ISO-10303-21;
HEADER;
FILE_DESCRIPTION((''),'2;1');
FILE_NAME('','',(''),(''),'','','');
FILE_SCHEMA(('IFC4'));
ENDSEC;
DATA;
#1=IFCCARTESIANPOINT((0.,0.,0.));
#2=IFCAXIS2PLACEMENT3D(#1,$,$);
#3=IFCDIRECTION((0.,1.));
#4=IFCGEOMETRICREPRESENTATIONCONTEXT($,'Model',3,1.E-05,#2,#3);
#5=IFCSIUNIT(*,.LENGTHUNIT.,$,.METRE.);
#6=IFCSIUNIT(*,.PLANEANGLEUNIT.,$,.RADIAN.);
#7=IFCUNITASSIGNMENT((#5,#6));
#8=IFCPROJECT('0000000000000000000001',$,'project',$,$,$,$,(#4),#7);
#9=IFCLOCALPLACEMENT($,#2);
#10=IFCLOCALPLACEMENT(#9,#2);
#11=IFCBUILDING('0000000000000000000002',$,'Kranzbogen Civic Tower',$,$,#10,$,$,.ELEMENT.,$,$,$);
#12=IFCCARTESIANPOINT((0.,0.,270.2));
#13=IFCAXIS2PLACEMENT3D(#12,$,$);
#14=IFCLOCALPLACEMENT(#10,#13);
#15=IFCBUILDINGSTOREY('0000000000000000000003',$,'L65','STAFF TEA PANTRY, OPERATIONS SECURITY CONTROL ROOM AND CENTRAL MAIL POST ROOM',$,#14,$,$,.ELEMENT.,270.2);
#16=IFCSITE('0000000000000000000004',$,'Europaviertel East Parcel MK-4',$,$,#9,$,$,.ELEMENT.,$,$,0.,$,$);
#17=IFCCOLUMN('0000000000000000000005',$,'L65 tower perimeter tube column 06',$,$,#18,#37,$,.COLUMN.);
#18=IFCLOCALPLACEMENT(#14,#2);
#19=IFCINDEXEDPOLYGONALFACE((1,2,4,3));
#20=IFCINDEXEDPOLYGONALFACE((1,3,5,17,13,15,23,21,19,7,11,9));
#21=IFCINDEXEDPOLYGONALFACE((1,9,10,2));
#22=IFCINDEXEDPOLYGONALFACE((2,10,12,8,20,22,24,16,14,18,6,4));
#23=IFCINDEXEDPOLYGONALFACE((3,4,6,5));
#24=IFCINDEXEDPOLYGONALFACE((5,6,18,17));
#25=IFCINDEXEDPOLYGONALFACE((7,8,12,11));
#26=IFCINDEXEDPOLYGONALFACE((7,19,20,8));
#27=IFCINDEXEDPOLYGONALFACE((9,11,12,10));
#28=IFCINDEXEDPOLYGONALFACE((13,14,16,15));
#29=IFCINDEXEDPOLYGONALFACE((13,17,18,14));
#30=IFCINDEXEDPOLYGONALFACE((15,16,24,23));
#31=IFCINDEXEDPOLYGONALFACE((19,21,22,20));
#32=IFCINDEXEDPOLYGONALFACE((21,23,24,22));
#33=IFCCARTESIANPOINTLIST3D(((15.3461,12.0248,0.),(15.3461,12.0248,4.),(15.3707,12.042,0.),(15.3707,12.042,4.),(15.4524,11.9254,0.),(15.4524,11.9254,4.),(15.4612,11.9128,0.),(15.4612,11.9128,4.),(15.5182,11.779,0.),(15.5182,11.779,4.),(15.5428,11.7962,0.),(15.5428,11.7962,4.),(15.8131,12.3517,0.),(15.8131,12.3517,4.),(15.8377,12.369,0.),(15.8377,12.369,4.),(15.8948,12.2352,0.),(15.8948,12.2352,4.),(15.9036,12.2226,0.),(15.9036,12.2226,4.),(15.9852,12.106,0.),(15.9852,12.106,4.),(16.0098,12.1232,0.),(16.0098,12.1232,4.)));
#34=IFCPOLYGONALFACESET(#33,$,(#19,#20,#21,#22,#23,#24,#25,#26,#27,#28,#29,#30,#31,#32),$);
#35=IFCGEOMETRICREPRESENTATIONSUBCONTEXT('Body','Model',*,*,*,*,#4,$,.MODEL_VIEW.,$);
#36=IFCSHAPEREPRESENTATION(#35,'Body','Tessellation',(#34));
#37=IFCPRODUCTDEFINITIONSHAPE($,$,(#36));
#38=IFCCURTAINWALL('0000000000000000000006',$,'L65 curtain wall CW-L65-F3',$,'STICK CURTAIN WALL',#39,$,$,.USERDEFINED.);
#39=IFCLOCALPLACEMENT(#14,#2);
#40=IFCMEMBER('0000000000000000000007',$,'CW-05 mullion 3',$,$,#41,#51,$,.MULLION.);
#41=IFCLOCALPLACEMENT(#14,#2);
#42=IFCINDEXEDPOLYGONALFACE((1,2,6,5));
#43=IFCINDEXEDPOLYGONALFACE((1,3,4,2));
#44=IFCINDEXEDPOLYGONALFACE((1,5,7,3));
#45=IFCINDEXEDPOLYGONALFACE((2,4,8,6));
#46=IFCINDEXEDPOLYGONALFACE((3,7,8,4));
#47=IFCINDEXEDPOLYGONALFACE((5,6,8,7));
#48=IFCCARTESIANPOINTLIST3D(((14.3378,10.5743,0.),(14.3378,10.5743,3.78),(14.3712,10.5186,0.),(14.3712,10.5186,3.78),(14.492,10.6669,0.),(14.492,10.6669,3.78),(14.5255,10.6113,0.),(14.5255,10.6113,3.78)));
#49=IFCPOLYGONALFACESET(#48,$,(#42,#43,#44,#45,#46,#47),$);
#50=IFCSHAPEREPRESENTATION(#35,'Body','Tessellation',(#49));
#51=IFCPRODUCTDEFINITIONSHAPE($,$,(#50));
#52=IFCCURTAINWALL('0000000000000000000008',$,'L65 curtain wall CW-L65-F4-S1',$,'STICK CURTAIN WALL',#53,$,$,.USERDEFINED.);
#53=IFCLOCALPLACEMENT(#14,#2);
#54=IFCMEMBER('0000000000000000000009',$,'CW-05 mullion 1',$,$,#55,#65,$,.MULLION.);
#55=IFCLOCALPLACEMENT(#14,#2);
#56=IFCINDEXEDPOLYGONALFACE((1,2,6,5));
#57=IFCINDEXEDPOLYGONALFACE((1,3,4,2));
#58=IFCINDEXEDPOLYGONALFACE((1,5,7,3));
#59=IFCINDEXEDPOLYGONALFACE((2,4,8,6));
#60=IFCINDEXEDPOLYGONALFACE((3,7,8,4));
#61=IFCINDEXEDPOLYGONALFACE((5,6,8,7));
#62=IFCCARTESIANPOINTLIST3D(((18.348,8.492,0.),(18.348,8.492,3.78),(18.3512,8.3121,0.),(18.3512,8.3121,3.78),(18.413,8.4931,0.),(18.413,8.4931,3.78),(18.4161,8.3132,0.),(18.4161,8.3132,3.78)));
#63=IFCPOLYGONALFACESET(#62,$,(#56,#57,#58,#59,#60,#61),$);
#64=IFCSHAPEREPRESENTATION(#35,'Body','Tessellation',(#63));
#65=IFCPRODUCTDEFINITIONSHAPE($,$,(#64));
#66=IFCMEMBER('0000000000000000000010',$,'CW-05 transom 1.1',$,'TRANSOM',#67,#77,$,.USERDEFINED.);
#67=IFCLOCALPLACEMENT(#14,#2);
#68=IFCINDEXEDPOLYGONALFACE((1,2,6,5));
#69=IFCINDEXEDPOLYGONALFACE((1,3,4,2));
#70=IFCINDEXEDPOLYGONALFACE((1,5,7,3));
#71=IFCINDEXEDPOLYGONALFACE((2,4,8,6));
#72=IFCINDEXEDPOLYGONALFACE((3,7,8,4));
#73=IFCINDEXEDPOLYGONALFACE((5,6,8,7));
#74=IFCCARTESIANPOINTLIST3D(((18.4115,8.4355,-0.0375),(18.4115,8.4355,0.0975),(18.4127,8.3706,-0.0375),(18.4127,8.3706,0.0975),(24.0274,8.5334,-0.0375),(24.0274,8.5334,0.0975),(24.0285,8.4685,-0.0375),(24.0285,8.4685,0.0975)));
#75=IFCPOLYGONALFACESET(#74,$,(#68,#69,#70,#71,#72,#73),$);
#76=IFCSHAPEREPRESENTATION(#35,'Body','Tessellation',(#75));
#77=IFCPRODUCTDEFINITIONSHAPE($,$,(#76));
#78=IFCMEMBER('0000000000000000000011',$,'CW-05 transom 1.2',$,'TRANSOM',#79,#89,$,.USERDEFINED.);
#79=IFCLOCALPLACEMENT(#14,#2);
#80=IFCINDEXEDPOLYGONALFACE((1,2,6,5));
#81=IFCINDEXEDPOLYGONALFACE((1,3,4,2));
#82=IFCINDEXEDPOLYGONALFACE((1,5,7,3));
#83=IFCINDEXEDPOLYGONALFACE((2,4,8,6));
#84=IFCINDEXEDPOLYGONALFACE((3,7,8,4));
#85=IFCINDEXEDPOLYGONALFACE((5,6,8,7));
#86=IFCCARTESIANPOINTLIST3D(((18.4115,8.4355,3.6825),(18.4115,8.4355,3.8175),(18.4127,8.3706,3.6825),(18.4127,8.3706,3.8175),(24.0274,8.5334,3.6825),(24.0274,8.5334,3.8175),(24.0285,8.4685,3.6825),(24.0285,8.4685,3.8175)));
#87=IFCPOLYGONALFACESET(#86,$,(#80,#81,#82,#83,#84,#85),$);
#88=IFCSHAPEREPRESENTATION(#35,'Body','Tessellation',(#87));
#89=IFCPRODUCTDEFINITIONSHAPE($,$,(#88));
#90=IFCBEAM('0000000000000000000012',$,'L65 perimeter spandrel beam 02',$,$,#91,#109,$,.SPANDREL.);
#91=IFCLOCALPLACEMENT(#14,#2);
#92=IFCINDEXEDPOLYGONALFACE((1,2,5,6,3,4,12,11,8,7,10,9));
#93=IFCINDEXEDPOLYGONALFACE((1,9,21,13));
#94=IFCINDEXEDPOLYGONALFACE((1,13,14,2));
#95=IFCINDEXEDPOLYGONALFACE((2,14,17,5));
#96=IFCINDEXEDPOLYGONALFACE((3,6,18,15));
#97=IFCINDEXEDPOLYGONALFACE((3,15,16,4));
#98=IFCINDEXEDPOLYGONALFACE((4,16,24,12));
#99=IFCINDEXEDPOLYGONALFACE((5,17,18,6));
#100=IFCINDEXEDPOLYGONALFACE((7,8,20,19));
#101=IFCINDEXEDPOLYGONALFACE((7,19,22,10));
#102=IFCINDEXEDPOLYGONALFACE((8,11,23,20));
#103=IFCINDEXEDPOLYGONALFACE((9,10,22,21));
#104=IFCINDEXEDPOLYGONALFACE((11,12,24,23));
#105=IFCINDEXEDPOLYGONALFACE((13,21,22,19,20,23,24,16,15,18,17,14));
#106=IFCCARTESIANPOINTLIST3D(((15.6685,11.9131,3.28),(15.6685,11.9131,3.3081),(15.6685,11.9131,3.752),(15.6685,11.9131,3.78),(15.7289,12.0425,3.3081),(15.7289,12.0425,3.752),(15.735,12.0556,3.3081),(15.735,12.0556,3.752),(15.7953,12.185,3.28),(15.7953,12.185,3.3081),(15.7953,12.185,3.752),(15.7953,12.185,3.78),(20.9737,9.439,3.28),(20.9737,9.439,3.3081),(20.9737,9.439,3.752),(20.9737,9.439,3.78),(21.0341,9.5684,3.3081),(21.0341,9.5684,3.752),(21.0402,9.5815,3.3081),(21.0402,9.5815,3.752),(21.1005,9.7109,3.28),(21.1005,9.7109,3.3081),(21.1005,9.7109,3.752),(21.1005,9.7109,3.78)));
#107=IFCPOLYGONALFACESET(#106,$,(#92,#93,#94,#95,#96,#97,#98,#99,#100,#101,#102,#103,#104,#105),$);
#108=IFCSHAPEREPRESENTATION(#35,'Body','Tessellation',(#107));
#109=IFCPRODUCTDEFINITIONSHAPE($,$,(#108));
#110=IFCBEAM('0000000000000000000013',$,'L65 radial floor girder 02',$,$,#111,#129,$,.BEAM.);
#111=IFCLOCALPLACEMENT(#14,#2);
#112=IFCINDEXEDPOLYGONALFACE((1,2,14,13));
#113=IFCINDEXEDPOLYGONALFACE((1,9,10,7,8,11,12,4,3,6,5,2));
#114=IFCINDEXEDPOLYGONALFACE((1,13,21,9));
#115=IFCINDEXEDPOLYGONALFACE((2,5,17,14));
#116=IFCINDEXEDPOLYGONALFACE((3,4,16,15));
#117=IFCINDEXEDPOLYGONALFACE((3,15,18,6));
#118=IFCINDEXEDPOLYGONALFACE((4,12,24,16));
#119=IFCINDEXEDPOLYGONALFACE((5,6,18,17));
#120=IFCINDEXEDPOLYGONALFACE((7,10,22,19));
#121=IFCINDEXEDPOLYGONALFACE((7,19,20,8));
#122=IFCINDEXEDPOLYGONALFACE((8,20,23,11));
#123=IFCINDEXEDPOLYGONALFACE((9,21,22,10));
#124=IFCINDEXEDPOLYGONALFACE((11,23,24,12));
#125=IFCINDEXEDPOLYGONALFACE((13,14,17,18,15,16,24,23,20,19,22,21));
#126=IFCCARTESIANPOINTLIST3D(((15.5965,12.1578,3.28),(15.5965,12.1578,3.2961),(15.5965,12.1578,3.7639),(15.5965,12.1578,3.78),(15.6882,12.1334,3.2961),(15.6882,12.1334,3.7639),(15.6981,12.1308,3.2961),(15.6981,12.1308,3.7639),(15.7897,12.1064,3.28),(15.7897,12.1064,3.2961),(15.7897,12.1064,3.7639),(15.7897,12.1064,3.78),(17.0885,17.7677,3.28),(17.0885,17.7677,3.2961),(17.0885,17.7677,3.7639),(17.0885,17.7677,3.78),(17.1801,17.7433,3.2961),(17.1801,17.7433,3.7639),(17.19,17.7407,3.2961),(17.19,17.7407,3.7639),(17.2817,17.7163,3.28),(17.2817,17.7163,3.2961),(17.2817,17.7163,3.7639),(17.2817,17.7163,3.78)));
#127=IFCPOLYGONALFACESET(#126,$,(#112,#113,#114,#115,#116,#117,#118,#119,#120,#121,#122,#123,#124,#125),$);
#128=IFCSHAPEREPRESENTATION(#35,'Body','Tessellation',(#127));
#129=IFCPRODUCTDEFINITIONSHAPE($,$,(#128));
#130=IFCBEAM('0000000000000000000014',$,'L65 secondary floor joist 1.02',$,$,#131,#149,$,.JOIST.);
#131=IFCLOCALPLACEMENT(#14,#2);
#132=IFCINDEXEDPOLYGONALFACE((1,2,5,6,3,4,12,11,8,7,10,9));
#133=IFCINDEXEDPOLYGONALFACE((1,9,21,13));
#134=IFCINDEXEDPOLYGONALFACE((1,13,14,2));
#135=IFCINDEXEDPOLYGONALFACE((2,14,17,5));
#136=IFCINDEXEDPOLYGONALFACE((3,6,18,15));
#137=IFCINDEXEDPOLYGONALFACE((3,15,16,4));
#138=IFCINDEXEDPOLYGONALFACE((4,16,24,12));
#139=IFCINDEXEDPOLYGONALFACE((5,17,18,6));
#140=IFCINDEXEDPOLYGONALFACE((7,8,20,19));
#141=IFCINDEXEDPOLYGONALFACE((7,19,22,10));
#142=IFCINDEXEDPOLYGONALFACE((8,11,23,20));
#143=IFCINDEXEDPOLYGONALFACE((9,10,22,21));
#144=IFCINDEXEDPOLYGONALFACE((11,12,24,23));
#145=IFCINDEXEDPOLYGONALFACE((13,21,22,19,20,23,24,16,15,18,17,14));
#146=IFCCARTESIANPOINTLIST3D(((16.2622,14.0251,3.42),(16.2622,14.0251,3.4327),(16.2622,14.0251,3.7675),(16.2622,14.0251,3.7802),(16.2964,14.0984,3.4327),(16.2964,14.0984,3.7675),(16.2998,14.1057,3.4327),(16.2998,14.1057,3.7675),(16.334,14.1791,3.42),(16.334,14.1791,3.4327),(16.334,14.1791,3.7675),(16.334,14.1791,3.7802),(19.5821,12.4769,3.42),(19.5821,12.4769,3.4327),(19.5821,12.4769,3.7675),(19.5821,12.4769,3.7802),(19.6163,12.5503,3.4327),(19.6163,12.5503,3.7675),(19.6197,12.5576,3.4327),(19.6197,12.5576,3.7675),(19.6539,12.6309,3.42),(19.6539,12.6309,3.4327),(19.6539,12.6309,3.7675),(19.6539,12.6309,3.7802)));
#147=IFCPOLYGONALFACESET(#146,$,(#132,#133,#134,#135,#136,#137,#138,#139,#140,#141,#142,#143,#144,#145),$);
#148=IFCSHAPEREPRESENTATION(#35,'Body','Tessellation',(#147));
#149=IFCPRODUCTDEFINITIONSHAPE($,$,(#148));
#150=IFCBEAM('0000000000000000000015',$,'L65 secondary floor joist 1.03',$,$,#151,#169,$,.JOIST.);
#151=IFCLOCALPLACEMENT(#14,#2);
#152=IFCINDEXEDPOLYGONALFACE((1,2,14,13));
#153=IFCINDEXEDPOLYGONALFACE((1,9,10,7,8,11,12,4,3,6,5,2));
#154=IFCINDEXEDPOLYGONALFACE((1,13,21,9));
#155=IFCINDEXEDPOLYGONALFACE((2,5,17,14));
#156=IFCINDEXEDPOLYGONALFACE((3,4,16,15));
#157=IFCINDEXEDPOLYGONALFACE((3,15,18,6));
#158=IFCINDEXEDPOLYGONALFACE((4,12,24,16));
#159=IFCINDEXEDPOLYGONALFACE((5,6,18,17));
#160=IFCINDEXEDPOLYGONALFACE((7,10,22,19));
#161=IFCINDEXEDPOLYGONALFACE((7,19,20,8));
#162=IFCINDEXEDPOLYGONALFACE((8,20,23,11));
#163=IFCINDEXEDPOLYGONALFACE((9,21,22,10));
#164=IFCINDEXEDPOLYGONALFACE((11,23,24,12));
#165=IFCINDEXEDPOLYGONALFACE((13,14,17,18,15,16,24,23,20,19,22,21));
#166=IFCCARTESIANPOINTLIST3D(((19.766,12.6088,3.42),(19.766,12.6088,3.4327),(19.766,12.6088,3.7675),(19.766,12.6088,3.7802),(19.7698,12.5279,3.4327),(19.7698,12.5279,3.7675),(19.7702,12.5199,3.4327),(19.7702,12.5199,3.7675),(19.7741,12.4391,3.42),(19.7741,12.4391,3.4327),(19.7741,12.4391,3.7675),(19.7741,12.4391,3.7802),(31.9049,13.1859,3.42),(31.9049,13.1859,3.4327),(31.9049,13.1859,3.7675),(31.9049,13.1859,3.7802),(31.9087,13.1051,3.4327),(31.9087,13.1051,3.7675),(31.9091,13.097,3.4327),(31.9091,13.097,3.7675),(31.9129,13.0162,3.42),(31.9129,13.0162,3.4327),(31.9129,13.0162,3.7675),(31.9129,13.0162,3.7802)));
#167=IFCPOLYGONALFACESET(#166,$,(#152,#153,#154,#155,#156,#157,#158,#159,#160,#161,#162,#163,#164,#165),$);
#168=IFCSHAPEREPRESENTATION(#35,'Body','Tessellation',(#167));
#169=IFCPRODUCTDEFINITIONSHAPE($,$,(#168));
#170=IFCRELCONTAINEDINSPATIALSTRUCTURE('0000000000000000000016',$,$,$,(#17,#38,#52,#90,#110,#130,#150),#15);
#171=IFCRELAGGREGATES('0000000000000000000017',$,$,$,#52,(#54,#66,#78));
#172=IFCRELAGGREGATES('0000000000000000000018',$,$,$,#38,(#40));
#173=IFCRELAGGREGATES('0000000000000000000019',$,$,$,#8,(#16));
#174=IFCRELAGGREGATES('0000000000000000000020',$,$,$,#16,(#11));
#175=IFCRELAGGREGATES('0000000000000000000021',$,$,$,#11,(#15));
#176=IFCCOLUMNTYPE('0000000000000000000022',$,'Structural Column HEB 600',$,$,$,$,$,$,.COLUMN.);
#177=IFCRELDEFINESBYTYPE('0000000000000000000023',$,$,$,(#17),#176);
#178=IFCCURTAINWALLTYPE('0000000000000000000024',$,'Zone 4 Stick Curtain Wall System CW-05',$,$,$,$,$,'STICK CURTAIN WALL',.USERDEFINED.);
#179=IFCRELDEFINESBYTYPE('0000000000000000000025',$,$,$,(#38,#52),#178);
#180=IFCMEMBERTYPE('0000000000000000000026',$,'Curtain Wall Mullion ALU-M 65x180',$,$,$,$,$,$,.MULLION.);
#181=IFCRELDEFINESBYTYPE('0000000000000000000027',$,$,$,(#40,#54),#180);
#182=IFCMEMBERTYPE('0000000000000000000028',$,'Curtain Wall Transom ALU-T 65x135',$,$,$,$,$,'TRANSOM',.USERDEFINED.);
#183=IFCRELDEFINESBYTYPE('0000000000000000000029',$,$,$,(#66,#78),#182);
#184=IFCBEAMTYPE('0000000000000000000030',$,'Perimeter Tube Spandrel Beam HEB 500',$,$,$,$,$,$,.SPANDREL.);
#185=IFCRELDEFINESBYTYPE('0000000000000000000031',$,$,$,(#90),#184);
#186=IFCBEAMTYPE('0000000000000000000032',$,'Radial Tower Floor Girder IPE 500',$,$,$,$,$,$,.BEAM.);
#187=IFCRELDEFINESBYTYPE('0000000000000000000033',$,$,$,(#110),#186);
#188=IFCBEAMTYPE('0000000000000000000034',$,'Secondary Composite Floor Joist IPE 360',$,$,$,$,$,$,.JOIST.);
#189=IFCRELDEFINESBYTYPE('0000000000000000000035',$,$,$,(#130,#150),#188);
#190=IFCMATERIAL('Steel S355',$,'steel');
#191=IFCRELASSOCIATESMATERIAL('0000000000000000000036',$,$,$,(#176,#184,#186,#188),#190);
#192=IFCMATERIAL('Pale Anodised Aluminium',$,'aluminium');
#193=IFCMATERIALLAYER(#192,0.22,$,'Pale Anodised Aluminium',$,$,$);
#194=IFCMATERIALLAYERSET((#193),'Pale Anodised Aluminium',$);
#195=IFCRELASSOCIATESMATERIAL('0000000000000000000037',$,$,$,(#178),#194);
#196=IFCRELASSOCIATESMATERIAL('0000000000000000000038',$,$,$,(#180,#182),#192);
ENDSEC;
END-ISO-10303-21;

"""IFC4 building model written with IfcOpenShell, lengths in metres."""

from ifc_helpers import new_model, si_unit, direction, frame, origin, origin_2d, place, context, subcontext, project, spatial, rectangle, i_section, extrude, material, layer, layer_set, material_profile, profile_set, type_object, element, aggregate, save


model = new_model("IFC4")

# Units and contexts
model_context = context("Model", 3, precision=1e-05, world=origin(), true_north=direction((0.0, 1.0)))
body_context = subcontext(model_context, "Body", "Model", "MODEL_VIEW")
ifc_project = project(units=[si_unit("LENGTHUNIT", "METRE"), si_unit("PLANEANGLEUNIT", "RADIAN")], contexts=[model_context])

# Site, building, storey
site_placement = place(None, origin())
site = spatial("IfcSite", under=ifc_project, at=site_placement, Name="Europaviertel East Parcel MK-4", CompositionType="ELEMENT", RefElevation=0.0)
building_placement = place(site_placement, origin())
building = spatial("IfcBuilding", under=site, at=building_placement, Name="Kranzbogen Civic Tower", CompositionType="ELEMENT")
storey_placement = place(building_placement, frame((0.0, 0.0, 270.2)))
storey = spatial("IfcBuildingStorey", under=building, at=storey_placement, Name="L65", Description="STAFF TEA PANTRY, OPERATIONS SECURITY CONTROL ROOM AND CENTRAL MAIL POST ROOM", CompositionType="ELEMENT", Elevation=270.2)

# Column
ifc_material_1 = material(Name="Steel S355", Category="steel")
ifc_material_profile_1 = material_profile(ifc_material_1, i_section(OverallWidth=0.3, OverallDepth=0.6001, WebThickness=0.0154, FlangeThickness=0.03, at=origin_2d()), Name="HEB 600")
ifc_profile_set_1 = profile_set([ifc_material_profile_1], Name="Steel S355")
column_type = type_object("IfcColumnType", Name="Structural Column HEB 600", PredefinedType="COLUMN", material=ifc_profile_set_1)
column_placement = place(storey_placement, frame((15.678, 12.074, 0.0), z_axis=(0.0, 0.0, 1.0), x_axis=(-0.573576, 0.819152, 0.0)))
element("IfcColumn", 1, at=column_placement, inside=storey, type_object=column_type, Name="L65 tower perimeter tube column 06", PredefinedType="COLUMN", context=body_context, shape_type="SweptSolid", body=[
    extrude(i_section(OverallWidth=0.3, OverallDepth=0.6001, WebThickness=0.0154, FlangeThickness=0.03, at=origin_2d()), origin(), (0.0, 0.0, 1.0), 4.0),
])

# Curtain wall, member
ifc_material_2 = material(Name="Pale Anodised Aluminium", Category="aluminium")
ifc_layer_1 = layer(ifc_material_2, 0.22, Name="Pale Anodised Aluminium")
ifc_layer_set_1 = layer_set([ifc_layer_1], Name="Pale Anodised Aluminium")
curtain_wall_type = type_object("IfcCurtainWallType", Name="Zone 4 Stick Curtain Wall System CW-05", ElementType="STICK CURTAIN WALL", PredefinedType="USERDEFINED", material=ifc_layer_set_1)
curtain_wall_1_placement = place(storey_placement, origin())
curtain_wall_1 = element("IfcCurtainWall", 2, at=curtain_wall_1_placement, inside=storey, type_object=curtain_wall_type, Name="L65 curtain wall CW-L65-F3", ObjectType="STICK CURTAIN WALL", PredefinedType="USERDEFINED")
ifc_material_profile_2 = material_profile(ifc_material_2, rectangle(XDim=0.0649, YDim=0.1799, at=origin_2d()), Name="ALU-M 65x180")
ifc_profile_set_2 = profile_set([ifc_material_profile_2], Name="Pale Anodised Aluminium")
member_type_1 = type_object("IfcMemberType", Name="Curtain Wall Mullion ALU-M 65x180", PredefinedType="MULLION", material=ifc_profile_set_2)
member_1_placement = place(storey_placement, frame((14.4316, 10.5928, 0.0), z_axis=(0.0, 0.0, 1.0), x_axis=(0.515047, -0.857162, 0.0)))
member_1 = element("IfcMember", 3, at=member_1_placement, type_object=member_type_1, Name="CW-05 mullion 3", PredefinedType="MULLION", context=body_context, shape_type="SweptSolid", body=[
    extrude(rectangle(XDim=0.0649, YDim=0.1799, at=origin_2d()), origin(), (0.0, 0.0, 1.0), 3.78),
])

# Curtain wall, members
curtain_wall_2_placement = place(storey_placement, origin())
curtain_wall_2 = element("IfcCurtainWall", 4, at=curtain_wall_2_placement, inside=storey, type_object=curtain_wall_type, Name="L65 curtain wall CW-L65-F4-S1", ObjectType="STICK CURTAIN WALL", PredefinedType="USERDEFINED")
member_2_placement = place(storey_placement, frame((18.3821, 8.4026, 0.0), z_axis=(0.0, 0.0, 1.0), x_axis=(0.999848, 0.017431, 0.0)))
member_2 = element("IfcMember", 5, at=member_2_placement, type_object=member_type_1, Name="CW-05 mullion 1", PredefinedType="MULLION", context=body_context, shape_type="SweptSolid", body=[
    extrude(rectangle(XDim=0.0649, YDim=0.1799, at=origin_2d()), origin(), (0.0, 0.0, 1.0), 3.78),
])
ifc_material_profile_3 = material_profile(ifc_material_2, rectangle(XDim=0.0649, YDim=0.135, at=origin_2d()), Name="ALU-T 65x135")
ifc_profile_set_3 = profile_set([ifc_material_profile_3], Name="Pale Anodised Aluminium")
member_type_2 = type_object("IfcMemberType", Name="Curtain Wall Transom ALU-T 65x135", ElementType="TRANSOM", PredefinedType="USERDEFINED", material=ifc_profile_set_3)
member_3_placement = place(storey_placement, frame((18.4121, 8.4031, 0.03), z_axis=(0.999848, 0.01743, 0.0), x_axis=(-0.01743, 0.999848, 0.0)))
member_3 = element("IfcMember", 6, at=member_3_placement, type_object=member_type_2, Name="CW-05 transom 1.1", ObjectType="TRANSOM", PredefinedType="USERDEFINED", context=body_context, shape_type="SweptSolid", body=[
    extrude(rectangle(XDim=0.0649, YDim=0.135, at=origin_2d()), origin(), (0.0, 0.0, 1.0), 5.6167),
])
member_4_placement = place(storey_placement, frame((18.4121, 8.4031, 3.75), z_axis=(0.999848, 0.01743, 0.0), x_axis=(-0.01743, 0.999848, 0.0)))
member_4 = element("IfcMember", 7, at=member_4_placement, type_object=member_type_2, Name="CW-05 transom 1.2", ObjectType="TRANSOM", PredefinedType="USERDEFINED", context=body_context, shape_type="SweptSolid", body=[
    extrude(rectangle(XDim=0.0649, YDim=0.135, at=origin_2d()), origin(), (0.0, 0.0, 1.0), 5.6167),
])
aggregate(curtain_wall_2, [member_2, member_3, member_4])

# Beams
ifc_material_profile_4 = material_profile(ifc_material_1, i_section(OverallWidth=0.3, OverallDepth=0.5, WebThickness=0.0144, FlangeThickness=0.0281, at=origin_2d()), Name="HEB 500")
ifc_profile_set_4 = profile_set([ifc_material_profile_4], Name="Steel S355")
beam_type_1 = type_object("IfcBeamType", Name="Perimeter Tube Spandrel Beam HEB 500", PredefinedType="SPANDREL", material=ifc_profile_set_4)
beam_1_placement = place(storey_placement, frame((15.7319, 12.0491, 3.53), z_axis=(0.90629, -0.422657, 0.0), x_axis=(0.422657, 0.90629, 0.0)))
element("IfcBeam", 8, at=beam_1_placement, inside=storey, type_object=beam_type_1, Name="L65 perimeter spandrel beam 02", PredefinedType="SPANDREL", context=body_context, shape_type="SweptSolid", body=[
    extrude(i_section(OverallWidth=0.3, OverallDepth=0.5, WebThickness=0.0144, FlangeThickness=0.0281, at=origin_2d()), origin(), (0.0, 0.0, 1.0), 5.8538),
])
ifc_material_profile_5 = material_profile(ifc_material_1, i_section(OverallWidth=0.2, OverallDepth=0.5, WebThickness=0.0103, FlangeThickness=0.0161, at=origin_2d()), Name="IPE 500")
ifc_profile_set_5 = profile_set([ifc_material_profile_5], Name="Steel S355")
beam_type_2 = type_object("IfcBeamType", Name="Radial Tower Floor Girder IPE 500", PredefinedType="BEAM", material=ifc_profile_set_5)
beam_2_placement = place(storey_placement, frame((15.6931, 12.1321, 3.53), z_axis=(0.257016, 0.966407, 0.0), x_axis=(-0.966407, 0.257016, 0.0)))
element("IfcBeam", 9, at=beam_2_placement, inside=storey, type_object=beam_type_2, Name="L65 radial floor girder 02", PredefinedType="BEAM", context=body_context, shape_type="SweptSolid", body=[
    extrude(i_section(OverallWidth=0.2, OverallDepth=0.5, WebThickness=0.0103, FlangeThickness=0.0161, at=origin_2d()), origin(), (0.0, 0.0, 1.0), 5.8049),
])
ifc_material_profile_6 = material_profile(ifc_material_1, i_section(OverallWidth=0.1699, OverallDepth=0.3601, WebThickness=0.0081, FlangeThickness=0.0127, at=origin_2d()), Name="IPE 360")
ifc_profile_set_6 = profile_set([ifc_material_profile_6], Name="Steel S355")
beam_type_3 = type_object("IfcBeamType", Name="Secondary Composite Floor Joist IPE 360", PredefinedType="JOIST", material=ifc_profile_set_6)
beam_3_placement = place(storey_placement, frame((16.2981, 14.1021, 3.6001), z_axis=(0.906304, -0.422626, 0.0), x_axis=(0.422626, 0.906304, 0.0)))
element("IfcBeam", 10, at=beam_3_placement, inside=storey, type_object=beam_type_3, Name="L65 secondary floor joist 1.02", PredefinedType="JOIST", context=body_context, shape_type="SweptSolid", body=[
    extrude(i_section(OverallWidth=0.1699, OverallDepth=0.3601, WebThickness=0.0081, FlangeThickness=0.0127, at=origin_2d()), origin(), (0.0, 0.0, 1.0), 3.6631),
])
beam_4_placement = place(storey_placement, frame((19.77, 12.5239, 3.6001), z_axis=(0.998872, 0.047492, 0.0), x_axis=(-0.047492, 0.998872, 0.0)))
element("IfcBeam", 11, at=beam_4_placement, inside=storey, type_object=beam_type_3, Name="L65 secondary floor joist 1.03", PredefinedType="JOIST", context=body_context, shape_type="SweptSolid", body=[
    extrude(i_section(OverallWidth=0.1699, OverallDepth=0.3601, WebThickness=0.0081, FlangeThickness=0.0127, at=origin_2d()), origin(), (0.0, 0.0, 1.0), 12.1526),
])

aggregate(curtain_wall_1, [member_1])

save(model, "model.ifc")
